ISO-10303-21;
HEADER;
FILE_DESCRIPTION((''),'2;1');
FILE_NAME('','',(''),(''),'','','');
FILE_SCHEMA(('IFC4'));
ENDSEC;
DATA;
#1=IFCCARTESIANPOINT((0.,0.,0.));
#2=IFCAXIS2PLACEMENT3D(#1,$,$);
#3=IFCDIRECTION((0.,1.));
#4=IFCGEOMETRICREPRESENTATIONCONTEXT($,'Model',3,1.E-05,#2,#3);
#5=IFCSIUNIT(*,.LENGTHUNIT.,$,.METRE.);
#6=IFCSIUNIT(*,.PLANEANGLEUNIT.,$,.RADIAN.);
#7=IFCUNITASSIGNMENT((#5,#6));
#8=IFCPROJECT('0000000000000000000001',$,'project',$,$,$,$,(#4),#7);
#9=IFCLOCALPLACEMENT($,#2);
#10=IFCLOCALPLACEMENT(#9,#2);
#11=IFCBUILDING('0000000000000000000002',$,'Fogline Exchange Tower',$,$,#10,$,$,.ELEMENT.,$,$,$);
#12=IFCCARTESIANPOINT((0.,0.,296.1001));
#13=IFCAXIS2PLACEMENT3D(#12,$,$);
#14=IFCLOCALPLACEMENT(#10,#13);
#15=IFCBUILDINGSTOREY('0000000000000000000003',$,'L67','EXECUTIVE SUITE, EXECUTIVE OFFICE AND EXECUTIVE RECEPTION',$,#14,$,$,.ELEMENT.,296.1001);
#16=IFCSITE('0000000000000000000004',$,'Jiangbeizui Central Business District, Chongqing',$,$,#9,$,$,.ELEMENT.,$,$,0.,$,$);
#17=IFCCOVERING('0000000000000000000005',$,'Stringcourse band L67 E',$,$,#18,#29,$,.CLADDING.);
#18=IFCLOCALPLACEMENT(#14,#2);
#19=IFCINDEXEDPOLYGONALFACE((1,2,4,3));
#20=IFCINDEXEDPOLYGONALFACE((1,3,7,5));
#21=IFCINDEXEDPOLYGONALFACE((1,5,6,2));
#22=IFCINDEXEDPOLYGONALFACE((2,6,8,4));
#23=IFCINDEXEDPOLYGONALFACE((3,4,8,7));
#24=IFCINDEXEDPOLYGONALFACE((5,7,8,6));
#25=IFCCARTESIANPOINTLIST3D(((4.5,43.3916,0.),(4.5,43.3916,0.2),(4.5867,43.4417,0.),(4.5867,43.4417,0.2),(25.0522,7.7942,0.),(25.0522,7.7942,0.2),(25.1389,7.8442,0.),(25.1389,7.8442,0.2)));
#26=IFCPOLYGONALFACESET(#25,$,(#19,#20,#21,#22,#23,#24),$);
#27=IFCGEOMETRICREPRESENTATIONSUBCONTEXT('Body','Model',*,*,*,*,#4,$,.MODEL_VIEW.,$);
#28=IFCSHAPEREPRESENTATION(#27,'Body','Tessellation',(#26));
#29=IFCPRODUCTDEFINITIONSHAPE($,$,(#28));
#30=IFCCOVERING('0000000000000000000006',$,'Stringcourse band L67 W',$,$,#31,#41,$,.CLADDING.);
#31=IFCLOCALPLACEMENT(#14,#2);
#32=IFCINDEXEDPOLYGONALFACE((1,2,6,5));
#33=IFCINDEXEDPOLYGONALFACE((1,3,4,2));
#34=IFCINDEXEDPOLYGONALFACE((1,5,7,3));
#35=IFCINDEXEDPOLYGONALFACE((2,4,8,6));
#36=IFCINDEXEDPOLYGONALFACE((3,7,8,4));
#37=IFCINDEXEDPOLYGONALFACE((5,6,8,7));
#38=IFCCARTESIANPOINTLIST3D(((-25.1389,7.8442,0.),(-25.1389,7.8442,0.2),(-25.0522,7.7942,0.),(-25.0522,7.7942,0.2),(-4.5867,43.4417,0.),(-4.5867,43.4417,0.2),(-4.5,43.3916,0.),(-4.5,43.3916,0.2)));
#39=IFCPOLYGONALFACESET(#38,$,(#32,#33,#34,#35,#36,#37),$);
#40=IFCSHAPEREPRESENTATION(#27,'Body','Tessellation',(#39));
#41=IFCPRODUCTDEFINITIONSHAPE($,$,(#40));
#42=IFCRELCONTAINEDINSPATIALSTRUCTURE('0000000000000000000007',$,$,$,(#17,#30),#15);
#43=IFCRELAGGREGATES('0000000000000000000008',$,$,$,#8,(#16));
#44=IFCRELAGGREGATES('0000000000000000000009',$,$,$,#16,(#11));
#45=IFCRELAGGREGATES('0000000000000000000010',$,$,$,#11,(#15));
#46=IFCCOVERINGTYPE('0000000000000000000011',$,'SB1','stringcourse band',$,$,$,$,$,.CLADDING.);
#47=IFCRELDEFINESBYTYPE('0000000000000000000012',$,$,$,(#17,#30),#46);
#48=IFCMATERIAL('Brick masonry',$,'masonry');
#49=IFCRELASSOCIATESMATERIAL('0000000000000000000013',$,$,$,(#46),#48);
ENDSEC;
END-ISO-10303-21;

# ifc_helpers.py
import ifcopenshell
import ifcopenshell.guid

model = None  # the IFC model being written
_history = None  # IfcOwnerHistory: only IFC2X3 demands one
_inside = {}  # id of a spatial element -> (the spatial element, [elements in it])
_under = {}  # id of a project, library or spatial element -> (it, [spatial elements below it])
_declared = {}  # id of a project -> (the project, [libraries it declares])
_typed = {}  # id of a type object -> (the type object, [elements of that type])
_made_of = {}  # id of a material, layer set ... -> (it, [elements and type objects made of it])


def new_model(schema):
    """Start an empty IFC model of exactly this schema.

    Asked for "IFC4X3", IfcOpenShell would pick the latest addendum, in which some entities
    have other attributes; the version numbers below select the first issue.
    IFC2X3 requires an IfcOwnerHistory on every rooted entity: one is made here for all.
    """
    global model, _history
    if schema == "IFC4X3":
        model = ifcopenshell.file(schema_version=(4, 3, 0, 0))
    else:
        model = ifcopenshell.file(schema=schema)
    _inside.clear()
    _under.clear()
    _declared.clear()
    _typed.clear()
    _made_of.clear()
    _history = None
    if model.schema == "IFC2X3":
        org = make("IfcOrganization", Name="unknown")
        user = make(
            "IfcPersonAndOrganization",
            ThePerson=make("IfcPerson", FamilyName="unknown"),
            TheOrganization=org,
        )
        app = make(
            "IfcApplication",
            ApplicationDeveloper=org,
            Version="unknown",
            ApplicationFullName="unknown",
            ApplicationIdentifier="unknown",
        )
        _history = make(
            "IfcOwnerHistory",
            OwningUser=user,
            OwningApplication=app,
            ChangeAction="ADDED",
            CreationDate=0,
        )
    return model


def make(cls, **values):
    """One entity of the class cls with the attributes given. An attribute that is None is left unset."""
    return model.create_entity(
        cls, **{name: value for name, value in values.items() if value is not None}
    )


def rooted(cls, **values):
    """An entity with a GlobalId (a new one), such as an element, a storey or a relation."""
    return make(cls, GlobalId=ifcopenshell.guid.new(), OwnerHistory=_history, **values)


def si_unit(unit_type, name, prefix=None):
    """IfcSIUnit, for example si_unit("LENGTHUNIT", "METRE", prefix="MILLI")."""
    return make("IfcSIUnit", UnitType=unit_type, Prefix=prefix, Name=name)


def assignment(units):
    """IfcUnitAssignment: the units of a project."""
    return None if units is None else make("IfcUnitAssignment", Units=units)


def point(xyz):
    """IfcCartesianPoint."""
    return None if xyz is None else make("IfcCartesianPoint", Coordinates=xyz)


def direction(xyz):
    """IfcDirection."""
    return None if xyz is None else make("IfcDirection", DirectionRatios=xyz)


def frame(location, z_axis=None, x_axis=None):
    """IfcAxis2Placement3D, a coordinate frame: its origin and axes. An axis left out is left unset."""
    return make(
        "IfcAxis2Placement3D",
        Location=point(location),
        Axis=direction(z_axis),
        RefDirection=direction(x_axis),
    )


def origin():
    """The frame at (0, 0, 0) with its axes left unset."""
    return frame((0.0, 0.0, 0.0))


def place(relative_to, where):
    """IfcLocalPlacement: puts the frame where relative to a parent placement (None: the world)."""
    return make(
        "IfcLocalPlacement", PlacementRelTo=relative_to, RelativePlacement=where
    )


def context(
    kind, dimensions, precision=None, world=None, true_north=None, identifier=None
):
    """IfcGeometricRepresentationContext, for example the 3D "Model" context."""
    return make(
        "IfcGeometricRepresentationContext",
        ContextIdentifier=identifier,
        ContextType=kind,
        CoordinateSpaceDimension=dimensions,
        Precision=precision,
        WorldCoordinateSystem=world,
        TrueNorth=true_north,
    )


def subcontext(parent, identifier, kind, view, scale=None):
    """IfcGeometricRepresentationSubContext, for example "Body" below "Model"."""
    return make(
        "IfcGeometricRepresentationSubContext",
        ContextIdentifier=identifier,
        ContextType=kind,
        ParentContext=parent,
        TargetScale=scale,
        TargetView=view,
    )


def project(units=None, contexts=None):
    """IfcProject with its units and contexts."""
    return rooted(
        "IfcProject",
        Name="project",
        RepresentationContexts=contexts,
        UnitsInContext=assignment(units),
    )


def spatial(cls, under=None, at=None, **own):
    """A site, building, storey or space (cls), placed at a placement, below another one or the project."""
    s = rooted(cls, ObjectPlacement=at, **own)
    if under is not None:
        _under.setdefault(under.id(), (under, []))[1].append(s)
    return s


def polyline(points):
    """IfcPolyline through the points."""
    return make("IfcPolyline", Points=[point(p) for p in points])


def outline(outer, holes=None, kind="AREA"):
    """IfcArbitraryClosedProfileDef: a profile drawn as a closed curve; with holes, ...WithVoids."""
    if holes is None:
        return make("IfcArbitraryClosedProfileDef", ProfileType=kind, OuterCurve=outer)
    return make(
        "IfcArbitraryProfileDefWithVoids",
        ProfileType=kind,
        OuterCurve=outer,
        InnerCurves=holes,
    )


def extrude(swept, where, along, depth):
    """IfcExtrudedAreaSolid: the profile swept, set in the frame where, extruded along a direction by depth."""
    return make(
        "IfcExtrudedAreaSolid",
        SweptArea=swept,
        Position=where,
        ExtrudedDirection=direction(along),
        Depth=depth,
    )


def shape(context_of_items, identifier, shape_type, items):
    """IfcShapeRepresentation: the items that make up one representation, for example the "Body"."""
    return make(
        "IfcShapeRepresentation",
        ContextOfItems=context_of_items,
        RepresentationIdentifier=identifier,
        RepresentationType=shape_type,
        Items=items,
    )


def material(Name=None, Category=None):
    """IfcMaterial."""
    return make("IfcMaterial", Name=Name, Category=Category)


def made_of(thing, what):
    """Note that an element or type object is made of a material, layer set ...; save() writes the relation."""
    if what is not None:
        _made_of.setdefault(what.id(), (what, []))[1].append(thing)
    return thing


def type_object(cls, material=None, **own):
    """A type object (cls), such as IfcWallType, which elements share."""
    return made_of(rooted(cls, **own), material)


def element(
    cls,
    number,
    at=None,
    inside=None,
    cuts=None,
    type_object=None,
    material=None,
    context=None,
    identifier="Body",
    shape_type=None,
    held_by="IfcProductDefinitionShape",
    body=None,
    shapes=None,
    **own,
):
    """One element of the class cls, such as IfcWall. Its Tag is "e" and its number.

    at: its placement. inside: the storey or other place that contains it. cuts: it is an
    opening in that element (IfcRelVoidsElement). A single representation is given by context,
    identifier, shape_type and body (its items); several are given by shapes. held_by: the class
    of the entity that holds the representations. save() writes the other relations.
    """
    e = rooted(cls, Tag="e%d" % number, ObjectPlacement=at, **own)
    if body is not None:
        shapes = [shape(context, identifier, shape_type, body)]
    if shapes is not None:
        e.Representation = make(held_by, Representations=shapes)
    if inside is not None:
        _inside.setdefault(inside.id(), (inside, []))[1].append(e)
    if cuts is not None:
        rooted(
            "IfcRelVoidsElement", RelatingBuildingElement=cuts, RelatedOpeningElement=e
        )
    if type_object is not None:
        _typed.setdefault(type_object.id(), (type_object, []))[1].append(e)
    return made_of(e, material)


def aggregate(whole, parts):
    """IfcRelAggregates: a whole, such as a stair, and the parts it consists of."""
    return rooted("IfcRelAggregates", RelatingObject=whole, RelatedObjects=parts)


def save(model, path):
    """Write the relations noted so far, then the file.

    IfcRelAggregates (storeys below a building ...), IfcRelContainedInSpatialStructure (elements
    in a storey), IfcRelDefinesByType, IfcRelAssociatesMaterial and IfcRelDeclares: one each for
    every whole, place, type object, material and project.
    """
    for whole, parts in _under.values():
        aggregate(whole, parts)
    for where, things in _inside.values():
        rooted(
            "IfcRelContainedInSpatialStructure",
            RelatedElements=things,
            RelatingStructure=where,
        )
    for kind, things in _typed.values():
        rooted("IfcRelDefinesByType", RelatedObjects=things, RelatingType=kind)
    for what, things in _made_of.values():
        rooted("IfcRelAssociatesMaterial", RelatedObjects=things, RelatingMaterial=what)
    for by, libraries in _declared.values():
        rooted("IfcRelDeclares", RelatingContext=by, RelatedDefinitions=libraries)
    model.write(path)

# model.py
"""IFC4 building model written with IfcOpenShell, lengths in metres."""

from ifc_helpers import new_model, si_unit, direction, frame, origin, place, context, subcontext, project, spatial, polyline, outline, extrude, material, type_object, element, save


model = new_model("IFC4")

# Units and contexts
model_context = context("Model", 3, precision=1e-05, world=origin(), true_north=direction((0.0, 1.0)))
body_context = subcontext(model_context, "Body", "Model", "MODEL_VIEW")
ifc_project = project(units=[si_unit("LENGTHUNIT", "METRE"), si_unit("PLANEANGLEUNIT", "RADIAN")], contexts=[model_context])

# Site, building, storey
site_placement = place(None, origin())
site = spatial("IfcSite", under=ifc_project, at=site_placement, Name="Jiangbeizui Central Business District, Chongqing", CompositionType="ELEMENT", RefElevation=0.0)
building_placement = place(site_placement, origin())
building = spatial("IfcBuilding", under=site, at=building_placement, Name="Fogline Exchange Tower", CompositionType="ELEMENT")
storey_placement = place(building_placement, frame((0.0, 0.0, 296.1001)))
storey = spatial("IfcBuildingStorey", under=building, at=storey_placement, Name="L67", Description="EXECUTIVE SUITE, EXECUTIVE OFFICE AND EXECUTIVE RECEPTION", CompositionType="ELEMENT", Elevation=296.1001)

# Shared definitions
ifc_material_1 = material(Name="Brick masonry", Category="masonry")

# Coverings
covering_type = type_object("IfcCoveringType", Name="SB1", Description="stringcourse band", PredefinedType="CLADDING", material=ifc_material_1)
covering_1_placement = place(storey_placement, origin())
element("IfcCovering", 1, at=covering_1_placement, inside=storey, type_object=covering_type, Name="Stringcourse band L67 E", PredefinedType="CLADDING", context=body_context, shape_type="SweptSolid", body=[
    extrude(outline(polyline([(25.0522, 7.7942), (25.1389, 7.8442), (4.5867, 43.4417), (4.5, 43.3916), (25.0522, 7.7942)])), origin(), (0.0, 0.0, 1.0), 0.2),
])
covering_2_placement = place(storey_placement, origin())
element("IfcCovering", 2, at=covering_2_placement, inside=storey, type_object=covering_type, Name="Stringcourse band L67 W", PredefinedType="CLADDING", context=body_context, shape_type="SweptSolid", body=[
    extrude(outline(polyline([(-4.5, 43.3916), (-4.5867, 43.4417), (-25.1389, 7.8442), (-25.0522, 7.7942), (-4.5, 43.3916)])), origin(), (0.0, 0.0, 1.0), 0.2),
])

save(model, "model.ifc")
